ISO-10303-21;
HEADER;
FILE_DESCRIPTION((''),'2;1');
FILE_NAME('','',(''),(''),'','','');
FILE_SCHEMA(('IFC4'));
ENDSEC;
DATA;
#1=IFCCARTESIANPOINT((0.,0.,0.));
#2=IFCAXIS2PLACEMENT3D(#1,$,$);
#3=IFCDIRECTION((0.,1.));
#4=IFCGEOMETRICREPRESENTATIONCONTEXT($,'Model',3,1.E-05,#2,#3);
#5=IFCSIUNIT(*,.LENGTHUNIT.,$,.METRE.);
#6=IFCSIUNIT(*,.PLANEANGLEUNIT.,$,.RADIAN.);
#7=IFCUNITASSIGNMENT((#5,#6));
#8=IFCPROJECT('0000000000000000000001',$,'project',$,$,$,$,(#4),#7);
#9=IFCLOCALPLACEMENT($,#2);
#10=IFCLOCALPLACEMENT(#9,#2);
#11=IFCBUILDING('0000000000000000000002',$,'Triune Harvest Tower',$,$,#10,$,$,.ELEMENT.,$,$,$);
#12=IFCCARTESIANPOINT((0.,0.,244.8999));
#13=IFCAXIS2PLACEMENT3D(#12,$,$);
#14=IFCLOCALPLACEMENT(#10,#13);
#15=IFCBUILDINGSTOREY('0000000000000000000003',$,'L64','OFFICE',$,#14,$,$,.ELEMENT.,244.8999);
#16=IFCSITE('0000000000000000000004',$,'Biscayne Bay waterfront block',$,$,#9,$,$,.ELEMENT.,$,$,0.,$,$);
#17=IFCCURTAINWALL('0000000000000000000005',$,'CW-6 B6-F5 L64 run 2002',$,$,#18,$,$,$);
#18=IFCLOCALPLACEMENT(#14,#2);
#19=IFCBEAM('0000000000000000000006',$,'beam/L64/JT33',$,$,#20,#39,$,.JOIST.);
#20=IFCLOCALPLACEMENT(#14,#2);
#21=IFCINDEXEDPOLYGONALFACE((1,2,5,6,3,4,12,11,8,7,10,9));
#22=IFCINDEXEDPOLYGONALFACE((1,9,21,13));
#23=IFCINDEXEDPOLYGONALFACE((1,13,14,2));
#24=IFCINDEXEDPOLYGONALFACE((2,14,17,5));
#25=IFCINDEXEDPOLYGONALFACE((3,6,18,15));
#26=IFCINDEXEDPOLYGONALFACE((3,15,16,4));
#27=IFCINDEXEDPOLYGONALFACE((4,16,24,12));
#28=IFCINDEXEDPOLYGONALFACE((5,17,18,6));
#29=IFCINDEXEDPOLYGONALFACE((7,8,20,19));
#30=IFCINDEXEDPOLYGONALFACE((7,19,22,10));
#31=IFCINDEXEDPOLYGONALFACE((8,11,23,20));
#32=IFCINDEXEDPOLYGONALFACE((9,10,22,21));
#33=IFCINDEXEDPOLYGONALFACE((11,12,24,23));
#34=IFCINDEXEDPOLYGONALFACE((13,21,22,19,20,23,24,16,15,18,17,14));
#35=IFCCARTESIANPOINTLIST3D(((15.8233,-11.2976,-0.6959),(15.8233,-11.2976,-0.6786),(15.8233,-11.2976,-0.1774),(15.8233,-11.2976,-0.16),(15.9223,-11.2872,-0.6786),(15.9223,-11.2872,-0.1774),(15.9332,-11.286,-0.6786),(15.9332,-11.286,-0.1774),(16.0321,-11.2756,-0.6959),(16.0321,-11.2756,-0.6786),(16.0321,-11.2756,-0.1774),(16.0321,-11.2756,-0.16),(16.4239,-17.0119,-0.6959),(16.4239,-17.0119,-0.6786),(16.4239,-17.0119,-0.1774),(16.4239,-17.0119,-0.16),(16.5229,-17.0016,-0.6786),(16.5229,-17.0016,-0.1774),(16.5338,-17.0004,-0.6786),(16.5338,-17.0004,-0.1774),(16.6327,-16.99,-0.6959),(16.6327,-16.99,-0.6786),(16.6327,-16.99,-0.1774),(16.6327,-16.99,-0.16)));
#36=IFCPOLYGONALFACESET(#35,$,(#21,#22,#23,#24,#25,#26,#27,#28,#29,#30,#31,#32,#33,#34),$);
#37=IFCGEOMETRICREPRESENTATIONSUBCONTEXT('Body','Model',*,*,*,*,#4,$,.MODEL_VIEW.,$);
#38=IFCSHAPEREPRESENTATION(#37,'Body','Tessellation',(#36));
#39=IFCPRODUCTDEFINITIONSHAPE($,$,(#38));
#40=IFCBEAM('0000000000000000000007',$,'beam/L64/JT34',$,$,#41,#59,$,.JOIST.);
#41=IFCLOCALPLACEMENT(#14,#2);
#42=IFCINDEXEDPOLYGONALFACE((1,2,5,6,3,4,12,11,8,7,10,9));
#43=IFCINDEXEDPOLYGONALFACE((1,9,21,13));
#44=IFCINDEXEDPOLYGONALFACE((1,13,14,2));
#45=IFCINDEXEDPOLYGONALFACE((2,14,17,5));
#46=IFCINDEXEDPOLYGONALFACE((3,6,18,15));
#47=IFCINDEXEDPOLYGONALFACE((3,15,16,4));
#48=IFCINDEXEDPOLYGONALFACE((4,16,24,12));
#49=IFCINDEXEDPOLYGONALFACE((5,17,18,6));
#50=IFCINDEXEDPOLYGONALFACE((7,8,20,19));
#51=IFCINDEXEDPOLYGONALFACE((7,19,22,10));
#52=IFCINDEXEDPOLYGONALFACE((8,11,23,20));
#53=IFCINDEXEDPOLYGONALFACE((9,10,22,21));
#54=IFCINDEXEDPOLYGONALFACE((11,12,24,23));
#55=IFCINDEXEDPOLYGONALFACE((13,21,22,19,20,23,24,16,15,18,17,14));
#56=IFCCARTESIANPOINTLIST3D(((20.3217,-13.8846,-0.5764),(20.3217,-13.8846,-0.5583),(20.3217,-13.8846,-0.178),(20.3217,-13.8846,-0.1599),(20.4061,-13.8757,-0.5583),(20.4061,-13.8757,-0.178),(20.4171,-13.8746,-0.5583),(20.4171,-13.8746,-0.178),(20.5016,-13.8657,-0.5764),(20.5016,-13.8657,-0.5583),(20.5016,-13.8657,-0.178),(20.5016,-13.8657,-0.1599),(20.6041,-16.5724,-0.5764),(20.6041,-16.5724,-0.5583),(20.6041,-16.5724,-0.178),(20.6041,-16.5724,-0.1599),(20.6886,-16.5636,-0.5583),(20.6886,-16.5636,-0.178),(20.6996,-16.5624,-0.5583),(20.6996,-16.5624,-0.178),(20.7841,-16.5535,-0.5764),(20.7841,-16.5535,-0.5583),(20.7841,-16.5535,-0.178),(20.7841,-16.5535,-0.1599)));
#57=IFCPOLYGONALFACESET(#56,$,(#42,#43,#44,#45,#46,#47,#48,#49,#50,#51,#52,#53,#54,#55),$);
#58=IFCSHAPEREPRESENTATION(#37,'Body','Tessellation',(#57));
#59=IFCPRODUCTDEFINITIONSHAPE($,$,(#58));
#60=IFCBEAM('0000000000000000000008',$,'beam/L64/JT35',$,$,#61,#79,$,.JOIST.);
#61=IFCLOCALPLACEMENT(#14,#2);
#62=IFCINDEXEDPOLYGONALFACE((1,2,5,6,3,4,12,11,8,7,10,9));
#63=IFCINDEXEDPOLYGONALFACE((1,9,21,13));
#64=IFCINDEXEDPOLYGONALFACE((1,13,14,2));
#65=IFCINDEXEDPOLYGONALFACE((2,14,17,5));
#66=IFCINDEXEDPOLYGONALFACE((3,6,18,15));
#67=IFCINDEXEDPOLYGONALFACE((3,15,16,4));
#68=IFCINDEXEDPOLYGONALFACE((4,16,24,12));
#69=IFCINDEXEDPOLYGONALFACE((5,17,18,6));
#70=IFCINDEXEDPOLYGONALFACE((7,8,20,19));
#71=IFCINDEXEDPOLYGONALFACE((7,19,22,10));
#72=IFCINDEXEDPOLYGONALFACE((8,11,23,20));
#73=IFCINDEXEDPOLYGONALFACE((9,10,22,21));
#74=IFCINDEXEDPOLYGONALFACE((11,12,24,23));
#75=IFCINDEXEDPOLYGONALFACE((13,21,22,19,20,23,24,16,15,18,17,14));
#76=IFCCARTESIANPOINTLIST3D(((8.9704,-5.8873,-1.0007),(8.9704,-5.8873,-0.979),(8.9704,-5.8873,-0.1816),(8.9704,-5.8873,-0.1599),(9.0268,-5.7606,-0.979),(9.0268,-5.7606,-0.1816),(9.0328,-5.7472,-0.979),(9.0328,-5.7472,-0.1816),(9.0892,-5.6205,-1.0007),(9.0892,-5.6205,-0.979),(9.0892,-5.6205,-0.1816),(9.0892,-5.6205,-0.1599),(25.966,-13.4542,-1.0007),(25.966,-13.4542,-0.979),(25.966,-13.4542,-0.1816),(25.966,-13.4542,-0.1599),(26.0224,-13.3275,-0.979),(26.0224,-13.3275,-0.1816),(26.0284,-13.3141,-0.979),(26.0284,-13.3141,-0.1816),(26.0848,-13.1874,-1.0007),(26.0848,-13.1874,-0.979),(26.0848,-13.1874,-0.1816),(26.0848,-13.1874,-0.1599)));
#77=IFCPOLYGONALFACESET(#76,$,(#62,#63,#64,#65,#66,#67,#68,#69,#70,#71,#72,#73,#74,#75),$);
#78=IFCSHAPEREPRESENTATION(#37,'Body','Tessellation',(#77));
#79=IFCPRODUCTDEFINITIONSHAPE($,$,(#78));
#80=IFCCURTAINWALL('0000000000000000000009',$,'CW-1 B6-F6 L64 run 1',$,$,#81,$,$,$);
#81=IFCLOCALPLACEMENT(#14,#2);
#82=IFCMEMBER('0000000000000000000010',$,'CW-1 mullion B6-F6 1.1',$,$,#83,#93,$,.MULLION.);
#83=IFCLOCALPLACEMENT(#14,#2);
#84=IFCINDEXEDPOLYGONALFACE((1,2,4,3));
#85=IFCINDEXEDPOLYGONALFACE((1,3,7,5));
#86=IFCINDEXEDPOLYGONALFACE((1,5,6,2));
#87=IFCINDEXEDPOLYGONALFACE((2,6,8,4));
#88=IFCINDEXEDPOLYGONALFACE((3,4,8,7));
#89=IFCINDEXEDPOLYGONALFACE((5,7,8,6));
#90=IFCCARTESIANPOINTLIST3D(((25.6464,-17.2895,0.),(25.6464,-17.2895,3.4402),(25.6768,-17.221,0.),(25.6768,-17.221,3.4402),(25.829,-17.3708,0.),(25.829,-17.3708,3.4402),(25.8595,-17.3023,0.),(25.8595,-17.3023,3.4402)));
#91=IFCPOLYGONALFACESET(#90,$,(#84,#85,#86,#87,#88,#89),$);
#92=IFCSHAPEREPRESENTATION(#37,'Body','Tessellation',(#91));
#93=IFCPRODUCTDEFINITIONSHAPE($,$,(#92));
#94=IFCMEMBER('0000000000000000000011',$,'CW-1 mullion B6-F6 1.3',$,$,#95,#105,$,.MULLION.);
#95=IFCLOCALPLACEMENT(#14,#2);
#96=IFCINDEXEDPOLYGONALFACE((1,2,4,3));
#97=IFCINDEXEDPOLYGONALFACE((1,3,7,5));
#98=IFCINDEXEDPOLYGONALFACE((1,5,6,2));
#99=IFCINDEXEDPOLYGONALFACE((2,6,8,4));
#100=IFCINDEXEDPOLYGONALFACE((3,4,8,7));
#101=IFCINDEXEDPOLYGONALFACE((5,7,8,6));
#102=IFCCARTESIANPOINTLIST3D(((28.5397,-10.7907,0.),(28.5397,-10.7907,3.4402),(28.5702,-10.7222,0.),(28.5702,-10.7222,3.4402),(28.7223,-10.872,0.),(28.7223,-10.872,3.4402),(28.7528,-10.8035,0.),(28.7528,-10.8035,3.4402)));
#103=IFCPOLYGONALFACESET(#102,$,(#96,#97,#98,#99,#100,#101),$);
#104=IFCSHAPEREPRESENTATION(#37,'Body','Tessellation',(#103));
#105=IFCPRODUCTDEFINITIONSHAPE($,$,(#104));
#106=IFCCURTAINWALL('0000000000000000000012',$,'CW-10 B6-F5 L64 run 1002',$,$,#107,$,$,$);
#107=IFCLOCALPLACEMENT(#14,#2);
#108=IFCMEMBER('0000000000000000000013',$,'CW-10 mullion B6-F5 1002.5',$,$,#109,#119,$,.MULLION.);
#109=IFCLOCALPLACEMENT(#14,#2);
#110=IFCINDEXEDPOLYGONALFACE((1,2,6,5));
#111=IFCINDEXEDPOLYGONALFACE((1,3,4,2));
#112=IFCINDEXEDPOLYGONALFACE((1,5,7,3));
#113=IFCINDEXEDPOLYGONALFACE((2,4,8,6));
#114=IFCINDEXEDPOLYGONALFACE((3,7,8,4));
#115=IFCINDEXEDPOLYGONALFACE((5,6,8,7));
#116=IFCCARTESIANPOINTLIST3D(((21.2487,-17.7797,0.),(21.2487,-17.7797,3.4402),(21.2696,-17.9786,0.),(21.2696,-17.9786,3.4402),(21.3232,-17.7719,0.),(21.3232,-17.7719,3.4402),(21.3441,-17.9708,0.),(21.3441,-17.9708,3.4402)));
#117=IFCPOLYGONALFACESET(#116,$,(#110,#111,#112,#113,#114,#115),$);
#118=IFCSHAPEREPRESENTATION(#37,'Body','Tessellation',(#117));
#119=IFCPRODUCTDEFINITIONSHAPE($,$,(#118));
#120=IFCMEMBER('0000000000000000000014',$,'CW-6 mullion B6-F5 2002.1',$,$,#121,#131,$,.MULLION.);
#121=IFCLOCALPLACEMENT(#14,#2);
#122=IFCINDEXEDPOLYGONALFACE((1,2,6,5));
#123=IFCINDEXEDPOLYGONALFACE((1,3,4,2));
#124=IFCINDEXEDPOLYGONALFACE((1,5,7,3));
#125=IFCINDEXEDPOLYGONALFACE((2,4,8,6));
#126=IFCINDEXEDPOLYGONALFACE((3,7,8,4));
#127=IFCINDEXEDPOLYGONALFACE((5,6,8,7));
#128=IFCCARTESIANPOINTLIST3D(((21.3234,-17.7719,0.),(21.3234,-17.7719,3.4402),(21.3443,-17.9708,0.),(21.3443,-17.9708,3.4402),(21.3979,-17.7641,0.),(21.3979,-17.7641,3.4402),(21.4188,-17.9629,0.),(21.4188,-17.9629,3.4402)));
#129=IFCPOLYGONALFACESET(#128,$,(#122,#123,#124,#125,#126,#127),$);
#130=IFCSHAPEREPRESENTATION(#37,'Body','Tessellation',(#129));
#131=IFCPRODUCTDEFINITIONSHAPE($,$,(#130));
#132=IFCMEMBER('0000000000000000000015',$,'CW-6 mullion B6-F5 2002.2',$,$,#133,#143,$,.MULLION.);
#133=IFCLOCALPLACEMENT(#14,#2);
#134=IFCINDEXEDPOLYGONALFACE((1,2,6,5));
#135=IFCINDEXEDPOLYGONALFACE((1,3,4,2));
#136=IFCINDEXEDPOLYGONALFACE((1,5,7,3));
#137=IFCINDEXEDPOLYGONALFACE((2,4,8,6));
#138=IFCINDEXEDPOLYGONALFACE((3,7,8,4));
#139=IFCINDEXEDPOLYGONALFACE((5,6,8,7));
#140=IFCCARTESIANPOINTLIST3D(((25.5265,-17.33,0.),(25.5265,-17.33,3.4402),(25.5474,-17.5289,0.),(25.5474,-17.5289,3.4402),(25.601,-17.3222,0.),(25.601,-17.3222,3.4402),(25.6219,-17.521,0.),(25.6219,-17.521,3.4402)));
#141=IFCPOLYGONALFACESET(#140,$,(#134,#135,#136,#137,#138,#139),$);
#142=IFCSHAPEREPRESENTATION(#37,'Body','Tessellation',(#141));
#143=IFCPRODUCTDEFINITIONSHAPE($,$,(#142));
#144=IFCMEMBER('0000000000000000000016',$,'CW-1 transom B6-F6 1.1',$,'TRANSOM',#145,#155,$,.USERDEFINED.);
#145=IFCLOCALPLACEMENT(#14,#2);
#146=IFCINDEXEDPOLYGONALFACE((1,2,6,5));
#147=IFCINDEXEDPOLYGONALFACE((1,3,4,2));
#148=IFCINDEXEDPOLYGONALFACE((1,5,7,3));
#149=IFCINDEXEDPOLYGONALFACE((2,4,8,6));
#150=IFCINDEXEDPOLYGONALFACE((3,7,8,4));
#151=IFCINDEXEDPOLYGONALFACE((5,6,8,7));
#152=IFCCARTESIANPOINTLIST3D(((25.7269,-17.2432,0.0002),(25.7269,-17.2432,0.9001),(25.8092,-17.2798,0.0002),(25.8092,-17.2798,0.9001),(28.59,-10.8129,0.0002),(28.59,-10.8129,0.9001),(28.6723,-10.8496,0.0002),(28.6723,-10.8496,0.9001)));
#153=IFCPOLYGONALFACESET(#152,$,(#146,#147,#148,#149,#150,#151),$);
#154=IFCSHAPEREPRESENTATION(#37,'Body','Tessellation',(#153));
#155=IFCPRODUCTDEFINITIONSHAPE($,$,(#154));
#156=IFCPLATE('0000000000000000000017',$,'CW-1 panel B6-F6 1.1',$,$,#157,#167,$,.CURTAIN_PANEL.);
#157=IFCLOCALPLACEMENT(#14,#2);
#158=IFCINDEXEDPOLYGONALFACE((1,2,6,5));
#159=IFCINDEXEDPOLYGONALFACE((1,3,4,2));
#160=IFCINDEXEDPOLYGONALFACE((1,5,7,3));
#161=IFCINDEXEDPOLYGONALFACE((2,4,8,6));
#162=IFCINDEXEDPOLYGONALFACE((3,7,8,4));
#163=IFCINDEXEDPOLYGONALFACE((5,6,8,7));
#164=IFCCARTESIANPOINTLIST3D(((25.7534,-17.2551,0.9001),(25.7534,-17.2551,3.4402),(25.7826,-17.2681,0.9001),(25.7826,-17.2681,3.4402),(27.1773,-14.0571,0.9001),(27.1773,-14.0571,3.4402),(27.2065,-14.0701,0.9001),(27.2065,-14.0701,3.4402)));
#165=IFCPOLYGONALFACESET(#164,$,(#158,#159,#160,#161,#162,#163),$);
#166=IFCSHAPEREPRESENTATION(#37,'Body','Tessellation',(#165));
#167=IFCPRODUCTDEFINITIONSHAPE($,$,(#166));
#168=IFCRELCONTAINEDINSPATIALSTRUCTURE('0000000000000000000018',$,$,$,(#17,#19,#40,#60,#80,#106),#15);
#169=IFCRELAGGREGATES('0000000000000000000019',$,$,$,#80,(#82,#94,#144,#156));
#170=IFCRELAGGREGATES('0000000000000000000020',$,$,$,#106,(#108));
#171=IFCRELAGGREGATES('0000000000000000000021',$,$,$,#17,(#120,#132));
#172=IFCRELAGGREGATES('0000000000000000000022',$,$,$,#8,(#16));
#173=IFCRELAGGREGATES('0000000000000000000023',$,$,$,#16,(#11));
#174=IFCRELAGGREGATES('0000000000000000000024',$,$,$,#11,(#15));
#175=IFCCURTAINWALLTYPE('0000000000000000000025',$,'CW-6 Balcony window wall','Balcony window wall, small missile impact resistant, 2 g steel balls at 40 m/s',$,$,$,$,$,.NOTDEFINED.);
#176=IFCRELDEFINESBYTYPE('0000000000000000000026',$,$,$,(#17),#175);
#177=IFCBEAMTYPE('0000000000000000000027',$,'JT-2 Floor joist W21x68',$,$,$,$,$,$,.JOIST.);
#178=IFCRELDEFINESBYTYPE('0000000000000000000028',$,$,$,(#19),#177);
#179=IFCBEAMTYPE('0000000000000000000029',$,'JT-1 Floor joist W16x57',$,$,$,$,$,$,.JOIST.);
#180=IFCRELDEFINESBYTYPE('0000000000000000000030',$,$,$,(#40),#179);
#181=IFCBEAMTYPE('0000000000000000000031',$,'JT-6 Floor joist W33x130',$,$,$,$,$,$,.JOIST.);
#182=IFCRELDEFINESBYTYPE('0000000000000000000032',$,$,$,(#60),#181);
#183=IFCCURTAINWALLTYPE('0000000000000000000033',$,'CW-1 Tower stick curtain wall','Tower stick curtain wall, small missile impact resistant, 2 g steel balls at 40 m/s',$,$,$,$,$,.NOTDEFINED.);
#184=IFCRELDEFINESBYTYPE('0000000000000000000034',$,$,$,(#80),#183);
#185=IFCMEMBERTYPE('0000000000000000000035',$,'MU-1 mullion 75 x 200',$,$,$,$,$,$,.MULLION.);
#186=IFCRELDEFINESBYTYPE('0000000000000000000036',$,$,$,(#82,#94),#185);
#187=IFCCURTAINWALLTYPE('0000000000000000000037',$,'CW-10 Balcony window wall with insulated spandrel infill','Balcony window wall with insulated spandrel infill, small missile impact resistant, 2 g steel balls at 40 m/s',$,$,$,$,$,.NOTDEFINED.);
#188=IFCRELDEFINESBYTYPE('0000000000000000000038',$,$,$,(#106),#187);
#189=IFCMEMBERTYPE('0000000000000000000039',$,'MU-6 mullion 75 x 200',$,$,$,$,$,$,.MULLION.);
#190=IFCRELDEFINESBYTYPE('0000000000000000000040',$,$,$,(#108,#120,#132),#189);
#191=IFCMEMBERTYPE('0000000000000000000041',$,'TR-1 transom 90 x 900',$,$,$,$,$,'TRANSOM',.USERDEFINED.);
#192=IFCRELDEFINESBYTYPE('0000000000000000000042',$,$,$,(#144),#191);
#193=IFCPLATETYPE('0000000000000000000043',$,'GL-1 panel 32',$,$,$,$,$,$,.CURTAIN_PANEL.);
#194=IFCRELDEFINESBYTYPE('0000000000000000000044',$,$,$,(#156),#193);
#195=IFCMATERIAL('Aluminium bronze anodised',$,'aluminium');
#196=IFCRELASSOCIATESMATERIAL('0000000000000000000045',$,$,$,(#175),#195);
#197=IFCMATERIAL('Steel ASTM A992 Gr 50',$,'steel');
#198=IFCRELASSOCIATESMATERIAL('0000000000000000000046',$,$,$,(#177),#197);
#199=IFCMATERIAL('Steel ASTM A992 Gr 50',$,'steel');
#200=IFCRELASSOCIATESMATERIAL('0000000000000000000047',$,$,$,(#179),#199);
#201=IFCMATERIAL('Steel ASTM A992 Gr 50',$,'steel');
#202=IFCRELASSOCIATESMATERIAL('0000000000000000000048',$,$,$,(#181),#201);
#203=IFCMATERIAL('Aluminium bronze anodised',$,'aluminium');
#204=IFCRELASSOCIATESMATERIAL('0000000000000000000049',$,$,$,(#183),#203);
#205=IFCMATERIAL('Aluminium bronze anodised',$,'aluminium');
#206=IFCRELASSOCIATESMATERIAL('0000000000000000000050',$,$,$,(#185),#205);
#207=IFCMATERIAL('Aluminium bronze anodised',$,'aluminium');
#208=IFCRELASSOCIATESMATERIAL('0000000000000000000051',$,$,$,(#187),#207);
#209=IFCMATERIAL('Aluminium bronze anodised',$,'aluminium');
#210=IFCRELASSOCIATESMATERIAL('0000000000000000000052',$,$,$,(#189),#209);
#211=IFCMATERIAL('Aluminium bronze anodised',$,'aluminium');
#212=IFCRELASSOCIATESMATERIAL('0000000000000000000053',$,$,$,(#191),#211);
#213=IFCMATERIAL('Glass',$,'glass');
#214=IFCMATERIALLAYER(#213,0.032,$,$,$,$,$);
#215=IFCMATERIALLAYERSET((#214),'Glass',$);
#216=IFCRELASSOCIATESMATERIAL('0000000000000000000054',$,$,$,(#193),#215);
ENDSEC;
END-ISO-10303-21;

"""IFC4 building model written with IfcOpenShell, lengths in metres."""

from ifc_helpers import new_model, si_unit, direction, frame, origin, origin_2d, place, context, subcontext, project, spatial, rectangle, i_section, extrude, source, transform, mapped, material, layer, layer_set, material_profile, profile_set, type_object, element, aggregate, save


model = new_model("IFC4")

# Units and contexts
model_context = context("Model", 3, precision=1e-05, world=origin(), true_north=direction((0.0, 1.0)))
body_context = subcontext(model_context, "Body", "Model", "MODEL_VIEW")
ifc_project = project(units=[si_unit("LENGTHUNIT", "METRE"), si_unit("PLANEANGLEUNIT", "RADIAN")], contexts=[model_context])

# Site, building, storey
site_placement = place(None, origin())
site = spatial("IfcSite", under=ifc_project, at=site_placement, Name="Biscayne Bay waterfront block", CompositionType="ELEMENT", RefElevation=0.0)
building_placement = place(site_placement, origin())
building = spatial("IfcBuilding", under=site, at=building_placement, Name="Triune Harvest Tower", CompositionType="ELEMENT")
storey_placement = place(building_placement, frame((0.0, 0.0, 244.8999)))
storey = spatial("IfcBuildingStorey", under=building, at=storey_placement, Name="L64", Description="OFFICE", CompositionType="ELEMENT", Elevation=244.8999)

# Curtain wall
ifc_material_1 = material(Name="Aluminium bronze anodised", Category="aluminium")
curtain_wall_type_1 = type_object("IfcCurtainWallType", Name="CW-6 Balcony window wall", Description="Balcony window wall, small missile impact resistant, 2 g steel balls at 40 m/s", PredefinedType="NOTDEFINED", material=ifc_material_1)
curtain_wall_1_placement = place(storey_placement, origin())
curtain_wall_1 = element("IfcCurtainWall", 1, at=curtain_wall_1_placement, inside=storey, type_object=curtain_wall_type_1, Name="CW-6 B6-F5 L64 run 2002")

# Beams
ifc_material_2 = material(Name="Steel ASTM A992 Gr 50", Category="steel")
ifc_material_profile_1 = material_profile(ifc_material_2, i_section(OverallWidth=0.21, OverallDepth=0.5359, WebThickness=0.011, FlangeThickness=0.0173, at=origin_2d()), Name="W21x68")
ifc_profile_set_1 = profile_set([ifc_material_profile_1], Name="Steel ASTM A992 Gr 50")
beam_type_1 = type_object("IfcBeamType", Name="JT-2 Floor joist W21x68", PredefinedType="JOIST", material=ifc_profile_set_1)
shared_shape_1 = source(origin(), body_context, "Body", "SweptSolid", [
    extrude(i_section(OverallWidth=0.21, OverallDepth=0.5359, WebThickness=0.011, FlangeThickness=0.0173, at=origin_2d()), origin(), (0.0, 0.0, 1.0), 5.7458),
])
beam_1_placement = place(storey_placement, frame((16.5283, -17.001, -0.428), z_axis=(-0.104526, 0.994522, 0.0), x_axis=(-0.994522, -0.104526, 0.0)))
element("IfcBeam", 2, at=beam_1_placement, inside=storey, type_object=beam_type_1, Name="beam/L64/JT33", PredefinedType="JOIST", context=body_context, shape_type="MappedRepresentation", body=[
    mapped(shared_shape_1, transform((0.0, 0.0, 0.0), scale=1.0)),
])
ifc_material_3 = material(Name="Steel ASTM A992 Gr 50", Category="steel")
ifc_material_profile_2 = material_profile(ifc_material_3, i_section(OverallWidth=0.1809, OverallDepth=0.4165, WebThickness=0.011, FlangeThickness=0.0181, at=origin_2d()), Name="W16x57")
ifc_profile_set_2 = profile_set([ifc_material_profile_2], Name="Steel ASTM A992 Gr 50")
beam_type_2 = type_object("IfcBeamType", Name="JT-1 Floor joist W16x57", PredefinedType="JOIST", material=ifc_profile_set_2)
shared_shape_2 = source(origin(), body_context, "Body", "SweptSolid", [
    extrude(i_section(OverallWidth=0.1809, OverallDepth=0.4165, WebThickness=0.011, FlangeThickness=0.0181, at=origin_2d()), origin(), (0.0, 0.0, 1.0), 2.7026),
])
beam_2_placement = place(storey_placement, frame((20.6941, -16.563, -0.3682), z_axis=(-0.10452, 0.994523, 0.0), x_axis=(-0.994523, -0.10452, 0.0)))
element("IfcBeam", 3, at=beam_2_placement, inside=storey, type_object=beam_type_2, Name="beam/L64/JT34", PredefinedType="JOIST", context=body_context, shape_type="MappedRepresentation", body=[
    mapped(shared_shape_2, transform((0.0, 0.0, 0.0), scale=1.0)),
])
ifc_material_4 = material(Name="Steel ASTM A992 Gr 50", Category="steel")
ifc_material_profile_3 = material_profile(ifc_material_4, i_section(OverallWidth=0.292, OverallDepth=0.8408, WebThickness=0.0146, FlangeThickness=0.0217, at=origin_2d()), Name="W33x130")
ifc_profile_set_3 = profile_set([ifc_material_profile_3], Name="Steel ASTM A992 Gr 50")
beam_type_3 = type_object("IfcBeamType", Name="JT-6 Floor joist W33x130", PredefinedType="JOIST", material=ifc_profile_set_3)
shared_shape_3 = source(origin(), body_context, "Body", "SweptSolid", [
    extrude(i_section(OverallWidth=0.292, OverallDepth=0.8408, WebThickness=0.0146, FlangeThickness=0.0217, at=origin_2d()), origin(), (0.0, 0.0, 1.0), 18.604),
])
beam_3_placement = place(storey_placement, frame((26.0254, -13.3208, -0.5803), z_axis=(-0.913546, 0.406735, 0.0), x_axis=(-0.406735, -0.913546, 0.0)))
element("IfcBeam", 4, at=beam_3_placement, inside=storey, type_object=beam_type_3, Name="beam/L64/JT35", PredefinedType="JOIST", context=body_context, shape_type="MappedRepresentation", body=[
    mapped(shared_shape_3, transform((0.0, 0.0, 0.0), scale=1.0)),
])

# Curtain wall, members
ifc_material_5 = material(Name="Aluminium bronze anodised", Category="aluminium")
curtain_wall_type_2 = type_object("IfcCurtainWallType", Name="CW-1 Tower stick curtain wall", Description="Tower stick curtain wall, small missile impact resistant, 2 g steel balls at 40 m/s", PredefinedType="NOTDEFINED", material=ifc_material_5)
curtain_wall_2_placement = place(storey_placement, origin())
curtain_wall_2 = element("IfcCurtainWall", 5, at=curtain_wall_2_placement, inside=storey, type_object=curtain_wall_type_2, Name="CW-1 B6-F6 L64 run 1")
ifc_material_6 = material(Name="Aluminium bronze anodised", Category="aluminium")
ifc_material_profile_4 = material_profile(ifc_material_6, rectangle(XDim=0.2, YDim=0.075, at=origin_2d()), Name="MU-1 mullion 75 x 200")
ifc_profile_set_4 = profile_set([ifc_material_profile_4], Name="Aluminium bronze anodised")
member_type_1 = type_object("IfcMemberType", Name="MU-1 mullion 75 x 200", PredefinedType="MULLION", material=ifc_profile_set_4)
shared_shape_4 = source(origin(), body_context, "Body", "SweptSolid", [
    extrude(rectangle(XDim=0.2, YDim=0.075, at=origin_2d()), origin(), (0.0, 0.0, 1.0), 3.4402),
])
member_1_placement = place(storey_placement, frame((25.7529, -17.2959, 0.0), z_axis=(0.0, 0.0, 1.0), x_axis=(-0.913543, 0.406743, 0.0)))
member_1 = element("IfcMember", 6, at=member_1_placement, type_object=member_type_1, Name="CW-1 mullion B6-F6 1.1", PredefinedType="MULLION", context=body_context, shape_type="MappedRepresentation", body=[
    mapped(shared_shape_4, transform((0.0, 0.0, 0.0), scale=1.0)),
])
member_2_placement = place(storey_placement, frame((28.6462, -10.7971, 0.0), z_axis=(0.0, 0.0, 1.0), x_axis=(-0.913543, 0.406743, 0.0)))
member_2 = element("IfcMember", 7, at=member_2_placement, type_object=member_type_1, Name="CW-1 mullion B6-F6 1.3", PredefinedType="MULLION", context=body_context, shape_type="MappedRepresentation", body=[
    mapped(shared_shape_4, transform((0.0, 0.0, 0.0), scale=1.0)),
])

# Curtain wall, member
ifc_material_7 = material(Name="Aluminium bronze anodised", Category="aluminium")
curtain_wall_type_3 = type_object("IfcCurtainWallType", Name="CW-10 Balcony window wall with insulated spandrel infill", Description="Balcony window wall with insulated spandrel infill, small missile impact resistant, 2 g steel balls at 40 m/s", PredefinedType="NOTDEFINED", material=ifc_material_7)
curtain_wall_3_placement = place(storey_placement, origin())
curtain_wall_3 = element("IfcCurtainWall", 8, at=curtain_wall_3_placement, inside=storey, type_object=curtain_wall_type_3, Name="CW-10 B6-F5 L64 run 1002")
ifc_material_8 = material(Name="Aluminium bronze anodised", Category="aluminium")
ifc_material_profile_5 = material_profile(ifc_material_8, rectangle(XDim=0.2, YDim=0.075, at=origin_2d()), Name="MU-6 mullion 75 x 200")
ifc_profile_set_5 = profile_set([ifc_material_profile_5], Name="Aluminium bronze anodised")
member_type_2 = type_object("IfcMemberType", Name="MU-6 mullion 75 x 200", PredefinedType="MULLION", material=ifc_profile_set_5)
shared_shape_5 = source(origin(), body_context, "Body", "SweptSolid", [
    extrude(rectangle(XDim=0.2, YDim=0.075, at=origin_2d()), origin(), (0.0, 0.0, 1.0), 3.4402),
])
member_3_placement = place(storey_placement, frame((21.2964, -17.8752, 0.0), z_axis=(0.0, 0.0, 1.0), x_axis=(-0.10453, 0.994522, 0.0)))
member_3 = element("IfcMember", 9, at=member_3_placement, type_object=member_type_2, Name="CW-10 mullion B6-F5 1002.5", PredefinedType="MULLION", context=body_context, shape_type="MappedRepresentation", body=[
    mapped(shared_shape_5, transform((0.0, 0.0, 0.0), scale=1.0)),
])

# Members
member_4_placement = place(storey_placement, frame((21.3711, -17.8674, 0.0), z_axis=(0.0, 0.0, 1.0), x_axis=(-0.104523, 0.994522, 0.0)))
member_4 = element("IfcMember", 10, at=member_4_placement, type_object=member_type_2, Name="CW-6 mullion B6-F5 2002.1", PredefinedType="MULLION", context=body_context, shape_type="MappedRepresentation", body=[
    mapped(shared_shape_5, transform((0.0, 0.0, 0.0), scale=1.0)),
])
member_5_placement = place(storey_placement, frame((25.5742, -17.4255, 0.0), z_axis=(0.0, 0.0, 1.0), x_axis=(-0.104523, 0.994522, 0.0)))
member_5 = element("IfcMember", 11, at=member_5_placement, type_object=member_type_2, Name="CW-6 mullion B6-F5 2002.2", PredefinedType="MULLION", context=body_context, shape_type="MappedRepresentation", body=[
    mapped(shared_shape_5, transform((0.0, 0.0, 0.0), scale=1.0)),
])
ifc_material_9 = material(Name="Aluminium bronze anodised", Category="aluminium")
ifc_material_profile_6 = material_profile(ifc_material_9, rectangle(XDim=0.0901, YDim=0.8999, at=origin_2d()), Name="TR-1 transom 90 x 900")
ifc_profile_set_6 = profile_set([ifc_material_profile_6], Name="Aluminium bronze anodised")
member_type_3 = type_object("IfcMemberType", Name="TR-1 transom 90 x 900", ElementType="TRANSOM", PredefinedType="USERDEFINED", material=ifc_profile_set_6)
shared_shape_6 = source(origin(), body_context, "Body", "SweptSolid", [
    extrude(rectangle(XDim=0.0901, YDim=0.8999, at=origin_2d()), origin(), (0.0, 0.0, 1.0), 7.0388),
])
member_6_placement = place(storey_placement, frame((25.7681, -17.2615, 0.4502), z_axis=(0.406753, 0.913538, 0.0), x_axis=(-0.913538, 0.406753, 0.0)))
member_6 = element("IfcMember", 12, at=member_6_placement, type_object=member_type_3, Name="CW-1 transom B6-F6 1.1", ObjectType="TRANSOM", PredefinedType="USERDEFINED", context=body_context, shape_type="MappedRepresentation", body=[
    mapped(shared_shape_6, transform((0.0, 0.0, 0.0), scale=1.0)),
])

# Plate
ifc_material_10 = material(Name="Glass", Category="glass")
ifc_layer_1 = layer(ifc_material_10, 0.032)
ifc_layer_set_1 = layer_set([ifc_layer_1], Name="Glass")
plate_type_1 = type_object("IfcPlateType", Name="GL-1 panel 32", PredefinedType="CURTAIN_PANEL", material=ifc_layer_set_1)
shared_shape_7 = source(origin(), body_context, "Body", "SweptSolid", [
    extrude(rectangle(XDim=3.5007, YDim=0.032, at=origin_2d()), origin(), (0.0, 0.0, 1.0), 2.54),
])
plate_1_placement = place(storey_placement, frame((26.48, -15.6626, 0.9001), z_axis=(0.0, 0.0, 1.0), x_axis=(0.406743, 0.913543, 0.0)))
plate_1 = element("IfcPlate", 13, at=plate_1_placement, type_object=plate_type_1, Name="CW-1 panel B6-F6 1.1", PredefinedType="CURTAIN_PANEL", context=body_context, shape_type="MappedRepresentation", body=[
    mapped(shared_shape_7, transform((0.0, 0.0, 0.0), scale=1.0)),
])
aggregate(curtain_wall_2, [member_1, member_2, member_6, plate_1])
aggregate(curtain_wall_3, [member_3])
aggregate(curtain_wall_1, [member_4, member_5])

save(model, "model.ifc")
